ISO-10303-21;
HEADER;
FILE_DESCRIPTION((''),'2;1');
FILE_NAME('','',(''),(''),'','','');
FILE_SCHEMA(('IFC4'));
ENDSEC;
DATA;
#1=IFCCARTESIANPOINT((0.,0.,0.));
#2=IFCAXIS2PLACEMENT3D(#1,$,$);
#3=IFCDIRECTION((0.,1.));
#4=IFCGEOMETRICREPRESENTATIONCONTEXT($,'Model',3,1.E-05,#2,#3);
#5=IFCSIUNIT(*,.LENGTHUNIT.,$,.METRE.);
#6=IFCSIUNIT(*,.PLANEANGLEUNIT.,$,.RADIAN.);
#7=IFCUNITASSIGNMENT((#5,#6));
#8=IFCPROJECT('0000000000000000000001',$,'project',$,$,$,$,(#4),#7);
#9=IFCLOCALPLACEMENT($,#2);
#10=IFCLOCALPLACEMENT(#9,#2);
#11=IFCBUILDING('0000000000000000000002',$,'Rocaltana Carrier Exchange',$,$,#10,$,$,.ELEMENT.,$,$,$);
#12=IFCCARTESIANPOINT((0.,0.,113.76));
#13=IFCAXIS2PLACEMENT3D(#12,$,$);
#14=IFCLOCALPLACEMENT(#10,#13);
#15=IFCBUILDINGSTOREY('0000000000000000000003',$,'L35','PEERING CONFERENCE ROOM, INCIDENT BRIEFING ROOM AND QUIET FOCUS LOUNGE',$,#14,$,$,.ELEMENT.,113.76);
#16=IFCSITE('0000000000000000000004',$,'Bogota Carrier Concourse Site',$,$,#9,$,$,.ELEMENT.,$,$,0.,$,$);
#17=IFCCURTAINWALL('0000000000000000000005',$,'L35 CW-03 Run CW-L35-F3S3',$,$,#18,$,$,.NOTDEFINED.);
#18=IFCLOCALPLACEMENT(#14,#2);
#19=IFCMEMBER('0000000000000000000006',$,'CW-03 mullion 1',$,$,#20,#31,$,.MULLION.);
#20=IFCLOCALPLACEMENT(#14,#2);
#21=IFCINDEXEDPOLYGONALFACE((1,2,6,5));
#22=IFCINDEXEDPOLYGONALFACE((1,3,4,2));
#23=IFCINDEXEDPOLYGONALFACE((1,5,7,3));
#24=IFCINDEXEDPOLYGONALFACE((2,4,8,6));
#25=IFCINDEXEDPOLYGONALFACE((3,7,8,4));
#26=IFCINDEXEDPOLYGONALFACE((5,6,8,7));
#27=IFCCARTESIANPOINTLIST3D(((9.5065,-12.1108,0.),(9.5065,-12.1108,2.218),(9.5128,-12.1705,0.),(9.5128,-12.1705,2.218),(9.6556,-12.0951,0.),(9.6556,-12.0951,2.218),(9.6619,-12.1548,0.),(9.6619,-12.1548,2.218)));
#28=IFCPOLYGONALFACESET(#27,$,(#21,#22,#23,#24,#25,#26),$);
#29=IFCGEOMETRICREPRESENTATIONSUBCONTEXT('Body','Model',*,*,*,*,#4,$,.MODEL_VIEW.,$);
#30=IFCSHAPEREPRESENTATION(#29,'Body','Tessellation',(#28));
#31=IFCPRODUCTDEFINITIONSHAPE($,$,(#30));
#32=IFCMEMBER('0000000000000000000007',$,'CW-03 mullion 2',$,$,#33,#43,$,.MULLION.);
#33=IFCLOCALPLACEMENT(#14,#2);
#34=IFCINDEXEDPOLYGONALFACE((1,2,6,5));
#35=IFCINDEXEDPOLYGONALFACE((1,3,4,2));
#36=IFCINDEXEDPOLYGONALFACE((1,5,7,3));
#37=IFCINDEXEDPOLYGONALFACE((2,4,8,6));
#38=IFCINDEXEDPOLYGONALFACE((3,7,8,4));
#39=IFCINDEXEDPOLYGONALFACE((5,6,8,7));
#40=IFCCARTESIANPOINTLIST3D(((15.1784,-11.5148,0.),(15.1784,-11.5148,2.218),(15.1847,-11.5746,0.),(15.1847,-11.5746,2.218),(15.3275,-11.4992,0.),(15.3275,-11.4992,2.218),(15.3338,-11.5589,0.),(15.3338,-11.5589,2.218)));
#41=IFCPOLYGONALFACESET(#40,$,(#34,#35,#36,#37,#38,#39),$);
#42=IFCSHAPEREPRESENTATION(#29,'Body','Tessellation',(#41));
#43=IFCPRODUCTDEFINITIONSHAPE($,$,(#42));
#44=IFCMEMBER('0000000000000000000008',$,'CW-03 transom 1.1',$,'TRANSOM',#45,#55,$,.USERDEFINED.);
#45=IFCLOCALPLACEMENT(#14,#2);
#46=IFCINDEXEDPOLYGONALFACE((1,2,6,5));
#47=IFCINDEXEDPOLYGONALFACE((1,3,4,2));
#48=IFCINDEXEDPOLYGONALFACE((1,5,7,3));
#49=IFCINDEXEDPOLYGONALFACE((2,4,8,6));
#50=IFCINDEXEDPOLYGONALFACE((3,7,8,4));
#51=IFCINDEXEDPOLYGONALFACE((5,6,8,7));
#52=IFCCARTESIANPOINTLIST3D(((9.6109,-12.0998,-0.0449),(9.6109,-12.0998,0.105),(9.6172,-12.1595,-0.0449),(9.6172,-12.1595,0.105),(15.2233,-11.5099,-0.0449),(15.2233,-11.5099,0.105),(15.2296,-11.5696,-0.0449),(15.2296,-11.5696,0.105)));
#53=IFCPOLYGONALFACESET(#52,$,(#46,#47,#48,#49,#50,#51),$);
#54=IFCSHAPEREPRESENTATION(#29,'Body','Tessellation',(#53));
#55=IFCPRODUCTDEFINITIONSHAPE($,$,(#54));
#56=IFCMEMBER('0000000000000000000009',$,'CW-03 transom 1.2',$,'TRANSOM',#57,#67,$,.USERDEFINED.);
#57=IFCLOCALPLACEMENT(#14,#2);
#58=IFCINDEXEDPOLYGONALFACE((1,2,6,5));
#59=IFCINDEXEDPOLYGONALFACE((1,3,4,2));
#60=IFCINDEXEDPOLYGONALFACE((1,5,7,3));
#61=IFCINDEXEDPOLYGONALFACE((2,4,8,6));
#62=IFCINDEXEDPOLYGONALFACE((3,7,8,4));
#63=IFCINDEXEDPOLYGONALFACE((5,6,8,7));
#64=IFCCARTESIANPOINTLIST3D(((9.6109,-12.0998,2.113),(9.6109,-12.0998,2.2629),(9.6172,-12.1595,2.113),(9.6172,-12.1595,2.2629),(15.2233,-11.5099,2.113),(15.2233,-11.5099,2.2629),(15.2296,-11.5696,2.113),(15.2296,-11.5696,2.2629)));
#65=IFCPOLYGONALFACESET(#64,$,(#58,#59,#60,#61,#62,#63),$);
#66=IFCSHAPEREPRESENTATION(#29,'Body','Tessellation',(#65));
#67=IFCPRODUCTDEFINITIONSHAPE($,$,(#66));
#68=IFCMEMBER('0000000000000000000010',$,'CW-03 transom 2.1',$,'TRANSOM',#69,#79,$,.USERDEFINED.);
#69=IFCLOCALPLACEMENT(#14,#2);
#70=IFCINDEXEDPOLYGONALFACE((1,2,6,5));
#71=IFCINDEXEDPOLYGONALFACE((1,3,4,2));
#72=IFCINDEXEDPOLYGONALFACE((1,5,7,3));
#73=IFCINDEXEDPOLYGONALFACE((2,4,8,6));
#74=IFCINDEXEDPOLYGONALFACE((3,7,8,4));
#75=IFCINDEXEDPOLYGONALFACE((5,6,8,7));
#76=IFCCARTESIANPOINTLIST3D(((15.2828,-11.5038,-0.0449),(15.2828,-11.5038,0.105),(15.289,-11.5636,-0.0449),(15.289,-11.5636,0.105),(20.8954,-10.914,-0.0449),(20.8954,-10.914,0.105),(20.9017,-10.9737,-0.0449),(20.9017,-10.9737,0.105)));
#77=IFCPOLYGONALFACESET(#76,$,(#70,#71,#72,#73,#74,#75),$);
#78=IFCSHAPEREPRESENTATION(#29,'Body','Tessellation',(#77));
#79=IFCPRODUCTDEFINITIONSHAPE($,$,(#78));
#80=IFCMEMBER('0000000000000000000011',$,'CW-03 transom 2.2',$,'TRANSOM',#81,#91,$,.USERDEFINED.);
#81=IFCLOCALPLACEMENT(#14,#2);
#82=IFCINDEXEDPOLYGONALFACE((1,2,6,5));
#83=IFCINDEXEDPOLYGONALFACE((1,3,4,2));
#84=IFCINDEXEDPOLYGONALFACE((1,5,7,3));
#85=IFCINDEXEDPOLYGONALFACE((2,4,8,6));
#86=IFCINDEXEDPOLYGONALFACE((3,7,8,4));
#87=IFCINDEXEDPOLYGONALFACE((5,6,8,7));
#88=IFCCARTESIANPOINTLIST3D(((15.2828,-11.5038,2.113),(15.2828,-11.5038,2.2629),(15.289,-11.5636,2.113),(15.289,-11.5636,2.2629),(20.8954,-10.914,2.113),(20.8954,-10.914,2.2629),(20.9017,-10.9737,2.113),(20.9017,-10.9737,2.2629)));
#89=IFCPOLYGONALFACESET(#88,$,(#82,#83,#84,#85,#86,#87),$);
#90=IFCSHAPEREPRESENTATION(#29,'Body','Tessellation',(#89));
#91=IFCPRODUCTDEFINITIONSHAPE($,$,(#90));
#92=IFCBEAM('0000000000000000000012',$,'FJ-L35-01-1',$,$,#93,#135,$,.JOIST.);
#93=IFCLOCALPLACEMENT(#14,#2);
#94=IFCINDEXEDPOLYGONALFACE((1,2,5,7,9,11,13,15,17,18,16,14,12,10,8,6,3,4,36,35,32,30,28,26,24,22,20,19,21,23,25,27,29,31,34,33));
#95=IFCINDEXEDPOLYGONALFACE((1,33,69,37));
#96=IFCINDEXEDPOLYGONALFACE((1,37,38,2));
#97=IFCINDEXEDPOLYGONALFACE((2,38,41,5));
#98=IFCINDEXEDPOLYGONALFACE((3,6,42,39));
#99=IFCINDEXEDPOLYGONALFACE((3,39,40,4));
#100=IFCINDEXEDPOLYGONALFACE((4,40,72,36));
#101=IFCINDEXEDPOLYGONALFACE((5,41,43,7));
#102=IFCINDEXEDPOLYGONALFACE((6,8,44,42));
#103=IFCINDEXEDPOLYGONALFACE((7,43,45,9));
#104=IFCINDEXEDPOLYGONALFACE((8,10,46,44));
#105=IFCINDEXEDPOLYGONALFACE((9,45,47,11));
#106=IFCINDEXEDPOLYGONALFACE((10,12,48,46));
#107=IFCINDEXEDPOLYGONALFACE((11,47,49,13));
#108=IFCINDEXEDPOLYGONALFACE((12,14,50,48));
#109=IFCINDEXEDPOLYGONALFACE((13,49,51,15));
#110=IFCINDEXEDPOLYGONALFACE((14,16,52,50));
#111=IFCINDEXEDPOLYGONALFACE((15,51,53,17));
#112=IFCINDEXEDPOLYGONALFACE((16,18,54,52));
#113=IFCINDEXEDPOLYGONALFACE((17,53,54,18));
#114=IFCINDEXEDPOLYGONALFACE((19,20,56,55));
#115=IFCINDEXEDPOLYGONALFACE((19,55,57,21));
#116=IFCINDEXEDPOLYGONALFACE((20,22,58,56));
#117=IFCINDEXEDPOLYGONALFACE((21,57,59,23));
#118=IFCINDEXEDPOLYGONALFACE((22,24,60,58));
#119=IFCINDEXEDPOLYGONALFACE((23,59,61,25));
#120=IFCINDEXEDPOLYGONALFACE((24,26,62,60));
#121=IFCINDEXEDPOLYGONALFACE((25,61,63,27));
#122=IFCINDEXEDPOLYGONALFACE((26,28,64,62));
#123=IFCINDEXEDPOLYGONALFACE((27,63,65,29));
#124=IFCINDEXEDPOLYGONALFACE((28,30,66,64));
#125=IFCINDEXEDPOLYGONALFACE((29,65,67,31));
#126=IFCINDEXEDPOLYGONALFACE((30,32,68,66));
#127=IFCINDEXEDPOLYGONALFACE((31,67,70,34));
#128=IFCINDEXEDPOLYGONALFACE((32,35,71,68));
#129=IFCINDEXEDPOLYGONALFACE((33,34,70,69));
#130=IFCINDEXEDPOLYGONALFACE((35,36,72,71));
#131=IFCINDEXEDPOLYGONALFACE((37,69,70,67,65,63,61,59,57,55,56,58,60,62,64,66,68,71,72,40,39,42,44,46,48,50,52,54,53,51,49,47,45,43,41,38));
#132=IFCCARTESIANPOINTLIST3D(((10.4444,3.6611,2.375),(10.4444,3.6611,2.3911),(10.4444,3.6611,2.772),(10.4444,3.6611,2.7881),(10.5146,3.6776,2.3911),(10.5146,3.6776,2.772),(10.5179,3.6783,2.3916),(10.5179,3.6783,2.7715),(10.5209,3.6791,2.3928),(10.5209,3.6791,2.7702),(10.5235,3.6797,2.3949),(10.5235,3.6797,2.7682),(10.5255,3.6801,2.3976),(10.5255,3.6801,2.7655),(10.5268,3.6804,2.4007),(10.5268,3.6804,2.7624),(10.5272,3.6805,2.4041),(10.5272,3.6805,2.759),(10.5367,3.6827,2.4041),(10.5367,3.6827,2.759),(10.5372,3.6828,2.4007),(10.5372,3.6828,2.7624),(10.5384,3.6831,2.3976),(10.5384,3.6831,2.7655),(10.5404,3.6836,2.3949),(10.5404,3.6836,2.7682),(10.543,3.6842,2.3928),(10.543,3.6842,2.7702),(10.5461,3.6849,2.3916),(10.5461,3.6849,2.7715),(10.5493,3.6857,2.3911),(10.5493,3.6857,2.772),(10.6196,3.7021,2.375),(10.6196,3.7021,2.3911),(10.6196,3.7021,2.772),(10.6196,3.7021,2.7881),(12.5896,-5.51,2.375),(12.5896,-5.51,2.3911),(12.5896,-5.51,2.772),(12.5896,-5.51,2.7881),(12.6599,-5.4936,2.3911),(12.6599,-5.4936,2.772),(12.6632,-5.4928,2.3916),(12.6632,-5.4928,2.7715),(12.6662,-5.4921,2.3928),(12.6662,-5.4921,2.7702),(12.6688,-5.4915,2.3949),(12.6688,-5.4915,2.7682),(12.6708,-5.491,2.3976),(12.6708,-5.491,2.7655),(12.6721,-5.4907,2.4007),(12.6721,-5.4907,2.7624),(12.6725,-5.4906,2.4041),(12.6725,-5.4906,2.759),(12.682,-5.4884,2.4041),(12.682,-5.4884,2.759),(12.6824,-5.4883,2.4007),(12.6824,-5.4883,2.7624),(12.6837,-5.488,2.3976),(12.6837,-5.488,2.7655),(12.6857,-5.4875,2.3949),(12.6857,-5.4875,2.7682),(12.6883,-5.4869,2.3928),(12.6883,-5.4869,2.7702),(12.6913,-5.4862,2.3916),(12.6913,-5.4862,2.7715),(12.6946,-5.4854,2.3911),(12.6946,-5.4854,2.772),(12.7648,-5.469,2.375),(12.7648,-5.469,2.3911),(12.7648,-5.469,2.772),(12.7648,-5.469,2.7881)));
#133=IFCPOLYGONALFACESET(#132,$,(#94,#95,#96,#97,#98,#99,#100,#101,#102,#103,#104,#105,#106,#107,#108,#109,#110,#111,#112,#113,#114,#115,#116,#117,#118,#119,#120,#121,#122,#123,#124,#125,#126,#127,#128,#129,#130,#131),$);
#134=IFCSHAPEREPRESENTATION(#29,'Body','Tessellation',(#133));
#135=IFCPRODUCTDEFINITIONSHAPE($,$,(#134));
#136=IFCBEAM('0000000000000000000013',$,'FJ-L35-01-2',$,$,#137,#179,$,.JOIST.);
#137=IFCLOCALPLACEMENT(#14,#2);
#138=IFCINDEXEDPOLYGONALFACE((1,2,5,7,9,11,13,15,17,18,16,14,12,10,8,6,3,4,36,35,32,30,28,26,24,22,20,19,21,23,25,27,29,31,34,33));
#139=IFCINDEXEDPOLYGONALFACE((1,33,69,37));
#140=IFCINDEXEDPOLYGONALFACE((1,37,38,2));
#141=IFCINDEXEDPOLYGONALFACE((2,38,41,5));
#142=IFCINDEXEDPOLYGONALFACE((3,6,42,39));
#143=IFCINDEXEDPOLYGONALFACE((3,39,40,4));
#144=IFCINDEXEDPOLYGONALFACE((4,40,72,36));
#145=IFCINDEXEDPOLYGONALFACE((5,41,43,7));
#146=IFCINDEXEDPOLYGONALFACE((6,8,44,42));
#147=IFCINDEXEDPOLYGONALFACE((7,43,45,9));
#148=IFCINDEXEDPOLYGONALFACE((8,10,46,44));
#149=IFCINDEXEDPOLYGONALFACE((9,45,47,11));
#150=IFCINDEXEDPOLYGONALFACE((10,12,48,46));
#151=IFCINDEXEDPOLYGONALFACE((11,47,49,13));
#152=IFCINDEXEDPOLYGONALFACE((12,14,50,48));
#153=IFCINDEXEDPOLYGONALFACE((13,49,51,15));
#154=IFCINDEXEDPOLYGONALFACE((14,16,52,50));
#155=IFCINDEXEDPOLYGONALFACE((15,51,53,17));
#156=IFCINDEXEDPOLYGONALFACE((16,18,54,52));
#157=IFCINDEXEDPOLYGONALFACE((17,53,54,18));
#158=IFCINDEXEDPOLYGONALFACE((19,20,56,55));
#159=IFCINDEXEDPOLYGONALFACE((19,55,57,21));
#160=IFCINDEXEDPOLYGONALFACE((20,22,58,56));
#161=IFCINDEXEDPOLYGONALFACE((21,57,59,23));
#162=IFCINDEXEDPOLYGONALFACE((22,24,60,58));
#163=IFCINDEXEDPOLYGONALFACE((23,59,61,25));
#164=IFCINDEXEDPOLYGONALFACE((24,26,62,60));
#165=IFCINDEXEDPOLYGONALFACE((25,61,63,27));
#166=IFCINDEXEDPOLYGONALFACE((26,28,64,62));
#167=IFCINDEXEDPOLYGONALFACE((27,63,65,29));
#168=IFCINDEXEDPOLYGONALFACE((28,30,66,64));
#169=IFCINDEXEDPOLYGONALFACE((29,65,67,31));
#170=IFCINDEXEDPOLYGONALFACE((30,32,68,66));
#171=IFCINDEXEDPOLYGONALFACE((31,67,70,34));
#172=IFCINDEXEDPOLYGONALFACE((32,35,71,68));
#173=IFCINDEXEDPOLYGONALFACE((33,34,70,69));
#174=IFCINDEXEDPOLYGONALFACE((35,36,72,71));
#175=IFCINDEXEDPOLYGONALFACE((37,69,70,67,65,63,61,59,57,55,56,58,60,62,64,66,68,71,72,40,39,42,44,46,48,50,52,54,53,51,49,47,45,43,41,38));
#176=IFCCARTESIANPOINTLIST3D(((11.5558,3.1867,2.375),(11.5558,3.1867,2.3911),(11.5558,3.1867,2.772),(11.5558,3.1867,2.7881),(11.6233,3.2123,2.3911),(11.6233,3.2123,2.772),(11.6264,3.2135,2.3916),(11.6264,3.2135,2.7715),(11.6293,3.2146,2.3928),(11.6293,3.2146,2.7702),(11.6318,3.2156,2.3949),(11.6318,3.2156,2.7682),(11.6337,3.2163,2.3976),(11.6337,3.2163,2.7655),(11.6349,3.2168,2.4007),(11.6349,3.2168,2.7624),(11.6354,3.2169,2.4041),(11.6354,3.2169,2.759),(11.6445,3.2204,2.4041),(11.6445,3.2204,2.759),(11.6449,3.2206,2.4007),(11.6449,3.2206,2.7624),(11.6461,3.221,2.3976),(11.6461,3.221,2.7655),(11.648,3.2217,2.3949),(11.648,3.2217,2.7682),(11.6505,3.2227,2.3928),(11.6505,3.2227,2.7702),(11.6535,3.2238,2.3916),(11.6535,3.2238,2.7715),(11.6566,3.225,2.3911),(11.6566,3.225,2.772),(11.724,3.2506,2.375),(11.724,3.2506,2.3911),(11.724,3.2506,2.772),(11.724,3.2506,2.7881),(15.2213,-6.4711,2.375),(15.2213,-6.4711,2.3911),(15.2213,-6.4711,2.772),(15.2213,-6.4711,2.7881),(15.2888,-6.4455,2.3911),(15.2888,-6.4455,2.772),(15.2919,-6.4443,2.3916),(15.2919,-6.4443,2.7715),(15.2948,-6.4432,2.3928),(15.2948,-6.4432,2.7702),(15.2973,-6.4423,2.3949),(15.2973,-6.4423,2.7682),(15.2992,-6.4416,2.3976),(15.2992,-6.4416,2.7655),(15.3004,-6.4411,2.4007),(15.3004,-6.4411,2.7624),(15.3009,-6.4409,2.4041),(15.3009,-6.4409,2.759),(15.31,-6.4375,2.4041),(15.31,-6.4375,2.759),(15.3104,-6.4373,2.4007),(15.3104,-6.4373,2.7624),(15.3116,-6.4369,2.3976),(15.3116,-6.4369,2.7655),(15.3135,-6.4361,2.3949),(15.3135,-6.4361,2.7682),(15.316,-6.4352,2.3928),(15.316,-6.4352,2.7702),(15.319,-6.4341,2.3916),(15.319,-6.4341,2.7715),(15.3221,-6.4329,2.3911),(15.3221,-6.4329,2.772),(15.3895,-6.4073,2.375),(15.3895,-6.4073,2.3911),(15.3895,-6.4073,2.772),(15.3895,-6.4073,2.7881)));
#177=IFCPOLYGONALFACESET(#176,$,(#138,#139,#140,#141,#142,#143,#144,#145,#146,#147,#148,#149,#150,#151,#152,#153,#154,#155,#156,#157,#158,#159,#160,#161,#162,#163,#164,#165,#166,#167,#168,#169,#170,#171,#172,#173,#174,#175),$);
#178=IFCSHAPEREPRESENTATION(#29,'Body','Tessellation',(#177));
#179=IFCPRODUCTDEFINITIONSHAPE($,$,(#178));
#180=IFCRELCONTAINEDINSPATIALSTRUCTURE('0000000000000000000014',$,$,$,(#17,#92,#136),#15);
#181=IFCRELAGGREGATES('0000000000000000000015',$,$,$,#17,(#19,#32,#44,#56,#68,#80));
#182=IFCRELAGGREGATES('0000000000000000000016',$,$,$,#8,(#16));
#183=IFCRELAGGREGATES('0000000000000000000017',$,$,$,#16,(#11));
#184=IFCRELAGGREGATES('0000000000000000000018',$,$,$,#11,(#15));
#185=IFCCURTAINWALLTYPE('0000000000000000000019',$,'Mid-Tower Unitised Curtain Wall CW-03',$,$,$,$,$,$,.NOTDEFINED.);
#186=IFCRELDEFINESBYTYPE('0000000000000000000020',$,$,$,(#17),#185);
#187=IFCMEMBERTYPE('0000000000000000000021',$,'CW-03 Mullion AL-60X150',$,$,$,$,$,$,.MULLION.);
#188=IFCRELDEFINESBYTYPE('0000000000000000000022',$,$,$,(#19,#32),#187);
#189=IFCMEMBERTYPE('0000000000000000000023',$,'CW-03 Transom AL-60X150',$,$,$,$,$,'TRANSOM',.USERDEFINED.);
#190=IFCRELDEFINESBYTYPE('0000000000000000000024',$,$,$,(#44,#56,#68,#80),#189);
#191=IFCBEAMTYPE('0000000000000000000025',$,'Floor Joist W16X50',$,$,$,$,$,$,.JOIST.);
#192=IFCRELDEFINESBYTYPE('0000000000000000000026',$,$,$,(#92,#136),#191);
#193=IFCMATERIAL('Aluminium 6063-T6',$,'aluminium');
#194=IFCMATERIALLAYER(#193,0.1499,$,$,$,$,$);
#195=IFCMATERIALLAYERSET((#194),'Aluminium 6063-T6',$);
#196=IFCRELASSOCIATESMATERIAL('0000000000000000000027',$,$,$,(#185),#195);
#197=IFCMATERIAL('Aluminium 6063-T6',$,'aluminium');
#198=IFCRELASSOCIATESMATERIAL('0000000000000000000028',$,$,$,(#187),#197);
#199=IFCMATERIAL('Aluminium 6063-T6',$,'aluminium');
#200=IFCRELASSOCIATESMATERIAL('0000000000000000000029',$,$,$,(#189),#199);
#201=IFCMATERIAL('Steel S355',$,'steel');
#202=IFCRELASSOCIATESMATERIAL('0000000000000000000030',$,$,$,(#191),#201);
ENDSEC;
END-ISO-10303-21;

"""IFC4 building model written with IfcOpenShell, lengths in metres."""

from ifc_helpers import new_model, si_unit, direction, frame, origin, origin_2d, place, context, subcontext, project, spatial, rectangle, i_section, extrude, material, layer, layer_set, material_profile, profile_set, type_object, element, aggregate, save


model = new_model("IFC4")

# Units and contexts
model_context = context("Model", 3, precision=1e-05, world=origin(), true_north=direction((0.0, 1.0)))
body_context = subcontext(model_context, "Body", "Model", "MODEL_VIEW")
ifc_project = project(units=[si_unit("LENGTHUNIT", "METRE"), si_unit("PLANEANGLEUNIT", "RADIAN")], contexts=[model_context])

# Site, building, storey
site_placement = place(None, origin())
site = spatial("IfcSite", under=ifc_project, at=site_placement, Name="Bogota Carrier Concourse Site", CompositionType="ELEMENT", RefElevation=0.0)
building_placement = place(site_placement, origin())
building = spatial("IfcBuilding", under=site, at=building_placement, Name="Rocaltana Carrier Exchange", CompositionType="ELEMENT")
storey_placement = place(building_placement, frame((0.0, 0.0, 113.76)))
storey = spatial("IfcBuildingStorey", under=building, at=storey_placement, Name="L35", Description="PEERING CONFERENCE ROOM, INCIDENT BRIEFING ROOM AND QUIET FOCUS LOUNGE", CompositionType="ELEMENT", Elevation=113.76)

# Curtain wall, members
ifc_material_1 = material(Name="Aluminium 6063-T6", Category="aluminium")
ifc_layer_1 = layer(ifc_material_1, 0.1499)
ifc_layer_set_1 = layer_set([ifc_layer_1], Name="Aluminium 6063-T6")
curtain_wall_type = type_object("IfcCurtainWallType", Name="Mid-Tower Unitised Curtain Wall CW-03", PredefinedType="NOTDEFINED", material=ifc_layer_set_1)
curtain_wall_1_placement = place(storey_placement, origin())
curtain_wall_1 = element("IfcCurtainWall", 1, at=curtain_wall_1_placement, inside=storey, type_object=curtain_wall_type, Name="L35 CW-03 Run CW-L35-F3S3", PredefinedType="NOTDEFINED")
ifc_material_2 = material(Name="Aluminium 6063-T6", Category="aluminium")
ifc_material_profile_1 = material_profile(ifc_material_2, rectangle(XDim=0.0601, YDim=0.1499, at=origin_2d()), Name="AL-60X150")
ifc_profile_set_1 = profile_set([ifc_material_profile_1], Name="Aluminium 6063-T6")
member_type_1 = type_object("IfcMemberType", Name="CW-03 Mullion AL-60X150", PredefinedType="MULLION", material=ifc_profile_set_1)
member_1_placement = place(storey_placement, frame((9.5842, -12.1328, 0.0), z_axis=(0.0, 0.0, 1.0), x_axis=(-0.104522, 0.994523, 0.0)))
member_1 = element("IfcMember", 2, at=member_1_placement, type_object=member_type_1, Name="CW-03 mullion 1", PredefinedType="MULLION", context=body_context, shape_type="SweptSolid", body=[
    extrude(rectangle(XDim=0.0601, YDim=0.1499, at=origin_2d()), origin(), (0.0, 0.0, 1.0), 2.218),
])
member_2_placement = place(storey_placement, frame((15.2561, -11.5369, 0.0), z_axis=(0.0, 0.0, 1.0), x_axis=(-0.104522, 0.994523, 0.0)))
member_2 = element("IfcMember", 3, at=member_2_placement, type_object=member_type_1, Name="CW-03 mullion 2", PredefinedType="MULLION", context=body_context, shape_type="SweptSolid", body=[
    extrude(rectangle(XDim=0.0601, YDim=0.1499, at=origin_2d()), origin(), (0.0, 0.0, 1.0), 2.218),
])
ifc_material_3 = material(Name="Aluminium 6063-T6", Category="aluminium")
ifc_material_profile_2 = material_profile(ifc_material_3, rectangle(XDim=0.0601, YDim=0.1499, at=origin_2d()), Name="AL-60X150")
ifc_profile_set_2 = profile_set([ifc_material_profile_2], Name="Aluminium 6063-T6")
member_type_2 = type_object("IfcMemberType", Name="CW-03 Transom AL-60X150", ElementType="TRANSOM", PredefinedType="USERDEFINED", material=ifc_profile_set_2)
member_3_placement = place(storey_placement, frame((9.614, -12.1296, 0.03), z_axis=(0.994523, 0.104523, 0.0), x_axis=(-0.104523, 0.994523, 0.0)))
member_3 = element("IfcMember", 4, at=member_3_placement, type_object=member_type_2, Name="CW-03 transom 1.1", ObjectType="TRANSOM", PredefinedType="USERDEFINED", context=body_context, shape_type="SweptSolid", body=[
    extrude(rectangle(XDim=0.0601, YDim=0.1499, at=origin_2d()), origin(), (0.0, 0.0, 1.0), 5.6433),
])
member_4_placement = place(storey_placement, frame((9.614, -12.1296, 2.188), z_axis=(0.994523, 0.104523, 0.0), x_axis=(-0.104523, 0.994523, 0.0)))
member_4 = element("IfcMember", 5, at=member_4_placement, type_object=member_type_2, Name="CW-03 transom 1.2", ObjectType="TRANSOM", PredefinedType="USERDEFINED", context=body_context, shape_type="SweptSolid", body=[
    extrude(rectangle(XDim=0.0601, YDim=0.1499, at=origin_2d()), origin(), (0.0, 0.0, 1.0), 5.6433),
])
member_5_placement = place(storey_placement, frame((15.2859, -11.5337, 0.03), z_axis=(0.994523, 0.104518, 0.0), x_axis=(-0.104518, 0.994523, 0.0)))
member_5 = element("IfcMember", 6, at=member_5_placement, type_object=member_type_2, Name="CW-03 transom 2.1", ObjectType="TRANSOM", PredefinedType="USERDEFINED", context=body_context, shape_type="SweptSolid", body=[
    extrude(rectangle(XDim=0.0601, YDim=0.1499, at=origin_2d()), origin(), (0.0, 0.0, 1.0), 5.6436),
])
member_6_placement = place(storey_placement, frame((15.2859, -11.5337, 2.188), z_axis=(0.994523, 0.104518, 0.0), x_axis=(-0.104518, 0.994523, 0.0)))
member_6 = element("IfcMember", 7, at=member_6_placement, type_object=member_type_2, Name="CW-03 transom 2.2", ObjectType="TRANSOM", PredefinedType="USERDEFINED", context=body_context, shape_type="SweptSolid", body=[
    extrude(rectangle(XDim=0.0601, YDim=0.1499, at=origin_2d()), origin(), (0.0, 0.0, 1.0), 5.6436),
])

# Beams
ifc_material_4 = material(Name="Steel S355", Category="steel")
ifc_material_profile_3 = material_profile(ifc_material_4, i_section(OverallWidth=0.1799, OverallDepth=0.4131, WebThickness=0.0098, FlangeThickness=0.0161, FilletRadius=0.0129, at=origin_2d()), Name="W16X50")
ifc_profile_set_3 = profile_set([ifc_material_profile_3], Name="Steel S355")
beam_type_1 = type_object("IfcBeamType", Name="Floor Joist W16X50", PredefinedType="JOIST", material=ifc_profile_set_3)
beam_1_placement = place(storey_placement, frame((12.6772, -5.4895, 2.5815), z_axis=(-0.227766, 0.973716, 0.0), x_axis=(-0.973716, -0.227766, 0.0)))
element("IfcBeam", 8, at=beam_1_placement, inside=storey, type_object=beam_type_1, Name="FJ-L35-01-1", PredefinedType="JOIST", context=body_context, shape_type="SweptSolid", body=[
    extrude(i_section(OverallWidth=0.1799, OverallDepth=0.4131, WebThickness=0.0098, FlangeThickness=0.0161, FilletRadius=0.0129, at=origin_2d()), origin(), (0.0, 0.0, 1.0), 9.4187),
])
beam_2_placement = place(storey_placement, frame((15.3054, -6.4392, 2.5815), z_axis=(-0.354837, 0.934928, 0.0), x_axis=(-0.934928, -0.354837, 0.0)))
element("IfcBeam", 9, at=beam_2_placement, inside=storey, type_object=beam_type_1, Name="FJ-L35-01-2", PredefinedType="JOIST", context=body_context, shape_type="SweptSolid", body=[
    extrude(i_section(OverallWidth=0.1799, OverallDepth=0.4131, WebThickness=0.0098, FlangeThickness=0.0161, FilletRadius=0.0129, at=origin_2d()), origin(), (0.0, 0.0, 1.0), 10.3301),
])

aggregate(curtain_wall_1, [member_1, member_2, member_3, member_4, member_5, member_6])

save(model, "model.ifc")
